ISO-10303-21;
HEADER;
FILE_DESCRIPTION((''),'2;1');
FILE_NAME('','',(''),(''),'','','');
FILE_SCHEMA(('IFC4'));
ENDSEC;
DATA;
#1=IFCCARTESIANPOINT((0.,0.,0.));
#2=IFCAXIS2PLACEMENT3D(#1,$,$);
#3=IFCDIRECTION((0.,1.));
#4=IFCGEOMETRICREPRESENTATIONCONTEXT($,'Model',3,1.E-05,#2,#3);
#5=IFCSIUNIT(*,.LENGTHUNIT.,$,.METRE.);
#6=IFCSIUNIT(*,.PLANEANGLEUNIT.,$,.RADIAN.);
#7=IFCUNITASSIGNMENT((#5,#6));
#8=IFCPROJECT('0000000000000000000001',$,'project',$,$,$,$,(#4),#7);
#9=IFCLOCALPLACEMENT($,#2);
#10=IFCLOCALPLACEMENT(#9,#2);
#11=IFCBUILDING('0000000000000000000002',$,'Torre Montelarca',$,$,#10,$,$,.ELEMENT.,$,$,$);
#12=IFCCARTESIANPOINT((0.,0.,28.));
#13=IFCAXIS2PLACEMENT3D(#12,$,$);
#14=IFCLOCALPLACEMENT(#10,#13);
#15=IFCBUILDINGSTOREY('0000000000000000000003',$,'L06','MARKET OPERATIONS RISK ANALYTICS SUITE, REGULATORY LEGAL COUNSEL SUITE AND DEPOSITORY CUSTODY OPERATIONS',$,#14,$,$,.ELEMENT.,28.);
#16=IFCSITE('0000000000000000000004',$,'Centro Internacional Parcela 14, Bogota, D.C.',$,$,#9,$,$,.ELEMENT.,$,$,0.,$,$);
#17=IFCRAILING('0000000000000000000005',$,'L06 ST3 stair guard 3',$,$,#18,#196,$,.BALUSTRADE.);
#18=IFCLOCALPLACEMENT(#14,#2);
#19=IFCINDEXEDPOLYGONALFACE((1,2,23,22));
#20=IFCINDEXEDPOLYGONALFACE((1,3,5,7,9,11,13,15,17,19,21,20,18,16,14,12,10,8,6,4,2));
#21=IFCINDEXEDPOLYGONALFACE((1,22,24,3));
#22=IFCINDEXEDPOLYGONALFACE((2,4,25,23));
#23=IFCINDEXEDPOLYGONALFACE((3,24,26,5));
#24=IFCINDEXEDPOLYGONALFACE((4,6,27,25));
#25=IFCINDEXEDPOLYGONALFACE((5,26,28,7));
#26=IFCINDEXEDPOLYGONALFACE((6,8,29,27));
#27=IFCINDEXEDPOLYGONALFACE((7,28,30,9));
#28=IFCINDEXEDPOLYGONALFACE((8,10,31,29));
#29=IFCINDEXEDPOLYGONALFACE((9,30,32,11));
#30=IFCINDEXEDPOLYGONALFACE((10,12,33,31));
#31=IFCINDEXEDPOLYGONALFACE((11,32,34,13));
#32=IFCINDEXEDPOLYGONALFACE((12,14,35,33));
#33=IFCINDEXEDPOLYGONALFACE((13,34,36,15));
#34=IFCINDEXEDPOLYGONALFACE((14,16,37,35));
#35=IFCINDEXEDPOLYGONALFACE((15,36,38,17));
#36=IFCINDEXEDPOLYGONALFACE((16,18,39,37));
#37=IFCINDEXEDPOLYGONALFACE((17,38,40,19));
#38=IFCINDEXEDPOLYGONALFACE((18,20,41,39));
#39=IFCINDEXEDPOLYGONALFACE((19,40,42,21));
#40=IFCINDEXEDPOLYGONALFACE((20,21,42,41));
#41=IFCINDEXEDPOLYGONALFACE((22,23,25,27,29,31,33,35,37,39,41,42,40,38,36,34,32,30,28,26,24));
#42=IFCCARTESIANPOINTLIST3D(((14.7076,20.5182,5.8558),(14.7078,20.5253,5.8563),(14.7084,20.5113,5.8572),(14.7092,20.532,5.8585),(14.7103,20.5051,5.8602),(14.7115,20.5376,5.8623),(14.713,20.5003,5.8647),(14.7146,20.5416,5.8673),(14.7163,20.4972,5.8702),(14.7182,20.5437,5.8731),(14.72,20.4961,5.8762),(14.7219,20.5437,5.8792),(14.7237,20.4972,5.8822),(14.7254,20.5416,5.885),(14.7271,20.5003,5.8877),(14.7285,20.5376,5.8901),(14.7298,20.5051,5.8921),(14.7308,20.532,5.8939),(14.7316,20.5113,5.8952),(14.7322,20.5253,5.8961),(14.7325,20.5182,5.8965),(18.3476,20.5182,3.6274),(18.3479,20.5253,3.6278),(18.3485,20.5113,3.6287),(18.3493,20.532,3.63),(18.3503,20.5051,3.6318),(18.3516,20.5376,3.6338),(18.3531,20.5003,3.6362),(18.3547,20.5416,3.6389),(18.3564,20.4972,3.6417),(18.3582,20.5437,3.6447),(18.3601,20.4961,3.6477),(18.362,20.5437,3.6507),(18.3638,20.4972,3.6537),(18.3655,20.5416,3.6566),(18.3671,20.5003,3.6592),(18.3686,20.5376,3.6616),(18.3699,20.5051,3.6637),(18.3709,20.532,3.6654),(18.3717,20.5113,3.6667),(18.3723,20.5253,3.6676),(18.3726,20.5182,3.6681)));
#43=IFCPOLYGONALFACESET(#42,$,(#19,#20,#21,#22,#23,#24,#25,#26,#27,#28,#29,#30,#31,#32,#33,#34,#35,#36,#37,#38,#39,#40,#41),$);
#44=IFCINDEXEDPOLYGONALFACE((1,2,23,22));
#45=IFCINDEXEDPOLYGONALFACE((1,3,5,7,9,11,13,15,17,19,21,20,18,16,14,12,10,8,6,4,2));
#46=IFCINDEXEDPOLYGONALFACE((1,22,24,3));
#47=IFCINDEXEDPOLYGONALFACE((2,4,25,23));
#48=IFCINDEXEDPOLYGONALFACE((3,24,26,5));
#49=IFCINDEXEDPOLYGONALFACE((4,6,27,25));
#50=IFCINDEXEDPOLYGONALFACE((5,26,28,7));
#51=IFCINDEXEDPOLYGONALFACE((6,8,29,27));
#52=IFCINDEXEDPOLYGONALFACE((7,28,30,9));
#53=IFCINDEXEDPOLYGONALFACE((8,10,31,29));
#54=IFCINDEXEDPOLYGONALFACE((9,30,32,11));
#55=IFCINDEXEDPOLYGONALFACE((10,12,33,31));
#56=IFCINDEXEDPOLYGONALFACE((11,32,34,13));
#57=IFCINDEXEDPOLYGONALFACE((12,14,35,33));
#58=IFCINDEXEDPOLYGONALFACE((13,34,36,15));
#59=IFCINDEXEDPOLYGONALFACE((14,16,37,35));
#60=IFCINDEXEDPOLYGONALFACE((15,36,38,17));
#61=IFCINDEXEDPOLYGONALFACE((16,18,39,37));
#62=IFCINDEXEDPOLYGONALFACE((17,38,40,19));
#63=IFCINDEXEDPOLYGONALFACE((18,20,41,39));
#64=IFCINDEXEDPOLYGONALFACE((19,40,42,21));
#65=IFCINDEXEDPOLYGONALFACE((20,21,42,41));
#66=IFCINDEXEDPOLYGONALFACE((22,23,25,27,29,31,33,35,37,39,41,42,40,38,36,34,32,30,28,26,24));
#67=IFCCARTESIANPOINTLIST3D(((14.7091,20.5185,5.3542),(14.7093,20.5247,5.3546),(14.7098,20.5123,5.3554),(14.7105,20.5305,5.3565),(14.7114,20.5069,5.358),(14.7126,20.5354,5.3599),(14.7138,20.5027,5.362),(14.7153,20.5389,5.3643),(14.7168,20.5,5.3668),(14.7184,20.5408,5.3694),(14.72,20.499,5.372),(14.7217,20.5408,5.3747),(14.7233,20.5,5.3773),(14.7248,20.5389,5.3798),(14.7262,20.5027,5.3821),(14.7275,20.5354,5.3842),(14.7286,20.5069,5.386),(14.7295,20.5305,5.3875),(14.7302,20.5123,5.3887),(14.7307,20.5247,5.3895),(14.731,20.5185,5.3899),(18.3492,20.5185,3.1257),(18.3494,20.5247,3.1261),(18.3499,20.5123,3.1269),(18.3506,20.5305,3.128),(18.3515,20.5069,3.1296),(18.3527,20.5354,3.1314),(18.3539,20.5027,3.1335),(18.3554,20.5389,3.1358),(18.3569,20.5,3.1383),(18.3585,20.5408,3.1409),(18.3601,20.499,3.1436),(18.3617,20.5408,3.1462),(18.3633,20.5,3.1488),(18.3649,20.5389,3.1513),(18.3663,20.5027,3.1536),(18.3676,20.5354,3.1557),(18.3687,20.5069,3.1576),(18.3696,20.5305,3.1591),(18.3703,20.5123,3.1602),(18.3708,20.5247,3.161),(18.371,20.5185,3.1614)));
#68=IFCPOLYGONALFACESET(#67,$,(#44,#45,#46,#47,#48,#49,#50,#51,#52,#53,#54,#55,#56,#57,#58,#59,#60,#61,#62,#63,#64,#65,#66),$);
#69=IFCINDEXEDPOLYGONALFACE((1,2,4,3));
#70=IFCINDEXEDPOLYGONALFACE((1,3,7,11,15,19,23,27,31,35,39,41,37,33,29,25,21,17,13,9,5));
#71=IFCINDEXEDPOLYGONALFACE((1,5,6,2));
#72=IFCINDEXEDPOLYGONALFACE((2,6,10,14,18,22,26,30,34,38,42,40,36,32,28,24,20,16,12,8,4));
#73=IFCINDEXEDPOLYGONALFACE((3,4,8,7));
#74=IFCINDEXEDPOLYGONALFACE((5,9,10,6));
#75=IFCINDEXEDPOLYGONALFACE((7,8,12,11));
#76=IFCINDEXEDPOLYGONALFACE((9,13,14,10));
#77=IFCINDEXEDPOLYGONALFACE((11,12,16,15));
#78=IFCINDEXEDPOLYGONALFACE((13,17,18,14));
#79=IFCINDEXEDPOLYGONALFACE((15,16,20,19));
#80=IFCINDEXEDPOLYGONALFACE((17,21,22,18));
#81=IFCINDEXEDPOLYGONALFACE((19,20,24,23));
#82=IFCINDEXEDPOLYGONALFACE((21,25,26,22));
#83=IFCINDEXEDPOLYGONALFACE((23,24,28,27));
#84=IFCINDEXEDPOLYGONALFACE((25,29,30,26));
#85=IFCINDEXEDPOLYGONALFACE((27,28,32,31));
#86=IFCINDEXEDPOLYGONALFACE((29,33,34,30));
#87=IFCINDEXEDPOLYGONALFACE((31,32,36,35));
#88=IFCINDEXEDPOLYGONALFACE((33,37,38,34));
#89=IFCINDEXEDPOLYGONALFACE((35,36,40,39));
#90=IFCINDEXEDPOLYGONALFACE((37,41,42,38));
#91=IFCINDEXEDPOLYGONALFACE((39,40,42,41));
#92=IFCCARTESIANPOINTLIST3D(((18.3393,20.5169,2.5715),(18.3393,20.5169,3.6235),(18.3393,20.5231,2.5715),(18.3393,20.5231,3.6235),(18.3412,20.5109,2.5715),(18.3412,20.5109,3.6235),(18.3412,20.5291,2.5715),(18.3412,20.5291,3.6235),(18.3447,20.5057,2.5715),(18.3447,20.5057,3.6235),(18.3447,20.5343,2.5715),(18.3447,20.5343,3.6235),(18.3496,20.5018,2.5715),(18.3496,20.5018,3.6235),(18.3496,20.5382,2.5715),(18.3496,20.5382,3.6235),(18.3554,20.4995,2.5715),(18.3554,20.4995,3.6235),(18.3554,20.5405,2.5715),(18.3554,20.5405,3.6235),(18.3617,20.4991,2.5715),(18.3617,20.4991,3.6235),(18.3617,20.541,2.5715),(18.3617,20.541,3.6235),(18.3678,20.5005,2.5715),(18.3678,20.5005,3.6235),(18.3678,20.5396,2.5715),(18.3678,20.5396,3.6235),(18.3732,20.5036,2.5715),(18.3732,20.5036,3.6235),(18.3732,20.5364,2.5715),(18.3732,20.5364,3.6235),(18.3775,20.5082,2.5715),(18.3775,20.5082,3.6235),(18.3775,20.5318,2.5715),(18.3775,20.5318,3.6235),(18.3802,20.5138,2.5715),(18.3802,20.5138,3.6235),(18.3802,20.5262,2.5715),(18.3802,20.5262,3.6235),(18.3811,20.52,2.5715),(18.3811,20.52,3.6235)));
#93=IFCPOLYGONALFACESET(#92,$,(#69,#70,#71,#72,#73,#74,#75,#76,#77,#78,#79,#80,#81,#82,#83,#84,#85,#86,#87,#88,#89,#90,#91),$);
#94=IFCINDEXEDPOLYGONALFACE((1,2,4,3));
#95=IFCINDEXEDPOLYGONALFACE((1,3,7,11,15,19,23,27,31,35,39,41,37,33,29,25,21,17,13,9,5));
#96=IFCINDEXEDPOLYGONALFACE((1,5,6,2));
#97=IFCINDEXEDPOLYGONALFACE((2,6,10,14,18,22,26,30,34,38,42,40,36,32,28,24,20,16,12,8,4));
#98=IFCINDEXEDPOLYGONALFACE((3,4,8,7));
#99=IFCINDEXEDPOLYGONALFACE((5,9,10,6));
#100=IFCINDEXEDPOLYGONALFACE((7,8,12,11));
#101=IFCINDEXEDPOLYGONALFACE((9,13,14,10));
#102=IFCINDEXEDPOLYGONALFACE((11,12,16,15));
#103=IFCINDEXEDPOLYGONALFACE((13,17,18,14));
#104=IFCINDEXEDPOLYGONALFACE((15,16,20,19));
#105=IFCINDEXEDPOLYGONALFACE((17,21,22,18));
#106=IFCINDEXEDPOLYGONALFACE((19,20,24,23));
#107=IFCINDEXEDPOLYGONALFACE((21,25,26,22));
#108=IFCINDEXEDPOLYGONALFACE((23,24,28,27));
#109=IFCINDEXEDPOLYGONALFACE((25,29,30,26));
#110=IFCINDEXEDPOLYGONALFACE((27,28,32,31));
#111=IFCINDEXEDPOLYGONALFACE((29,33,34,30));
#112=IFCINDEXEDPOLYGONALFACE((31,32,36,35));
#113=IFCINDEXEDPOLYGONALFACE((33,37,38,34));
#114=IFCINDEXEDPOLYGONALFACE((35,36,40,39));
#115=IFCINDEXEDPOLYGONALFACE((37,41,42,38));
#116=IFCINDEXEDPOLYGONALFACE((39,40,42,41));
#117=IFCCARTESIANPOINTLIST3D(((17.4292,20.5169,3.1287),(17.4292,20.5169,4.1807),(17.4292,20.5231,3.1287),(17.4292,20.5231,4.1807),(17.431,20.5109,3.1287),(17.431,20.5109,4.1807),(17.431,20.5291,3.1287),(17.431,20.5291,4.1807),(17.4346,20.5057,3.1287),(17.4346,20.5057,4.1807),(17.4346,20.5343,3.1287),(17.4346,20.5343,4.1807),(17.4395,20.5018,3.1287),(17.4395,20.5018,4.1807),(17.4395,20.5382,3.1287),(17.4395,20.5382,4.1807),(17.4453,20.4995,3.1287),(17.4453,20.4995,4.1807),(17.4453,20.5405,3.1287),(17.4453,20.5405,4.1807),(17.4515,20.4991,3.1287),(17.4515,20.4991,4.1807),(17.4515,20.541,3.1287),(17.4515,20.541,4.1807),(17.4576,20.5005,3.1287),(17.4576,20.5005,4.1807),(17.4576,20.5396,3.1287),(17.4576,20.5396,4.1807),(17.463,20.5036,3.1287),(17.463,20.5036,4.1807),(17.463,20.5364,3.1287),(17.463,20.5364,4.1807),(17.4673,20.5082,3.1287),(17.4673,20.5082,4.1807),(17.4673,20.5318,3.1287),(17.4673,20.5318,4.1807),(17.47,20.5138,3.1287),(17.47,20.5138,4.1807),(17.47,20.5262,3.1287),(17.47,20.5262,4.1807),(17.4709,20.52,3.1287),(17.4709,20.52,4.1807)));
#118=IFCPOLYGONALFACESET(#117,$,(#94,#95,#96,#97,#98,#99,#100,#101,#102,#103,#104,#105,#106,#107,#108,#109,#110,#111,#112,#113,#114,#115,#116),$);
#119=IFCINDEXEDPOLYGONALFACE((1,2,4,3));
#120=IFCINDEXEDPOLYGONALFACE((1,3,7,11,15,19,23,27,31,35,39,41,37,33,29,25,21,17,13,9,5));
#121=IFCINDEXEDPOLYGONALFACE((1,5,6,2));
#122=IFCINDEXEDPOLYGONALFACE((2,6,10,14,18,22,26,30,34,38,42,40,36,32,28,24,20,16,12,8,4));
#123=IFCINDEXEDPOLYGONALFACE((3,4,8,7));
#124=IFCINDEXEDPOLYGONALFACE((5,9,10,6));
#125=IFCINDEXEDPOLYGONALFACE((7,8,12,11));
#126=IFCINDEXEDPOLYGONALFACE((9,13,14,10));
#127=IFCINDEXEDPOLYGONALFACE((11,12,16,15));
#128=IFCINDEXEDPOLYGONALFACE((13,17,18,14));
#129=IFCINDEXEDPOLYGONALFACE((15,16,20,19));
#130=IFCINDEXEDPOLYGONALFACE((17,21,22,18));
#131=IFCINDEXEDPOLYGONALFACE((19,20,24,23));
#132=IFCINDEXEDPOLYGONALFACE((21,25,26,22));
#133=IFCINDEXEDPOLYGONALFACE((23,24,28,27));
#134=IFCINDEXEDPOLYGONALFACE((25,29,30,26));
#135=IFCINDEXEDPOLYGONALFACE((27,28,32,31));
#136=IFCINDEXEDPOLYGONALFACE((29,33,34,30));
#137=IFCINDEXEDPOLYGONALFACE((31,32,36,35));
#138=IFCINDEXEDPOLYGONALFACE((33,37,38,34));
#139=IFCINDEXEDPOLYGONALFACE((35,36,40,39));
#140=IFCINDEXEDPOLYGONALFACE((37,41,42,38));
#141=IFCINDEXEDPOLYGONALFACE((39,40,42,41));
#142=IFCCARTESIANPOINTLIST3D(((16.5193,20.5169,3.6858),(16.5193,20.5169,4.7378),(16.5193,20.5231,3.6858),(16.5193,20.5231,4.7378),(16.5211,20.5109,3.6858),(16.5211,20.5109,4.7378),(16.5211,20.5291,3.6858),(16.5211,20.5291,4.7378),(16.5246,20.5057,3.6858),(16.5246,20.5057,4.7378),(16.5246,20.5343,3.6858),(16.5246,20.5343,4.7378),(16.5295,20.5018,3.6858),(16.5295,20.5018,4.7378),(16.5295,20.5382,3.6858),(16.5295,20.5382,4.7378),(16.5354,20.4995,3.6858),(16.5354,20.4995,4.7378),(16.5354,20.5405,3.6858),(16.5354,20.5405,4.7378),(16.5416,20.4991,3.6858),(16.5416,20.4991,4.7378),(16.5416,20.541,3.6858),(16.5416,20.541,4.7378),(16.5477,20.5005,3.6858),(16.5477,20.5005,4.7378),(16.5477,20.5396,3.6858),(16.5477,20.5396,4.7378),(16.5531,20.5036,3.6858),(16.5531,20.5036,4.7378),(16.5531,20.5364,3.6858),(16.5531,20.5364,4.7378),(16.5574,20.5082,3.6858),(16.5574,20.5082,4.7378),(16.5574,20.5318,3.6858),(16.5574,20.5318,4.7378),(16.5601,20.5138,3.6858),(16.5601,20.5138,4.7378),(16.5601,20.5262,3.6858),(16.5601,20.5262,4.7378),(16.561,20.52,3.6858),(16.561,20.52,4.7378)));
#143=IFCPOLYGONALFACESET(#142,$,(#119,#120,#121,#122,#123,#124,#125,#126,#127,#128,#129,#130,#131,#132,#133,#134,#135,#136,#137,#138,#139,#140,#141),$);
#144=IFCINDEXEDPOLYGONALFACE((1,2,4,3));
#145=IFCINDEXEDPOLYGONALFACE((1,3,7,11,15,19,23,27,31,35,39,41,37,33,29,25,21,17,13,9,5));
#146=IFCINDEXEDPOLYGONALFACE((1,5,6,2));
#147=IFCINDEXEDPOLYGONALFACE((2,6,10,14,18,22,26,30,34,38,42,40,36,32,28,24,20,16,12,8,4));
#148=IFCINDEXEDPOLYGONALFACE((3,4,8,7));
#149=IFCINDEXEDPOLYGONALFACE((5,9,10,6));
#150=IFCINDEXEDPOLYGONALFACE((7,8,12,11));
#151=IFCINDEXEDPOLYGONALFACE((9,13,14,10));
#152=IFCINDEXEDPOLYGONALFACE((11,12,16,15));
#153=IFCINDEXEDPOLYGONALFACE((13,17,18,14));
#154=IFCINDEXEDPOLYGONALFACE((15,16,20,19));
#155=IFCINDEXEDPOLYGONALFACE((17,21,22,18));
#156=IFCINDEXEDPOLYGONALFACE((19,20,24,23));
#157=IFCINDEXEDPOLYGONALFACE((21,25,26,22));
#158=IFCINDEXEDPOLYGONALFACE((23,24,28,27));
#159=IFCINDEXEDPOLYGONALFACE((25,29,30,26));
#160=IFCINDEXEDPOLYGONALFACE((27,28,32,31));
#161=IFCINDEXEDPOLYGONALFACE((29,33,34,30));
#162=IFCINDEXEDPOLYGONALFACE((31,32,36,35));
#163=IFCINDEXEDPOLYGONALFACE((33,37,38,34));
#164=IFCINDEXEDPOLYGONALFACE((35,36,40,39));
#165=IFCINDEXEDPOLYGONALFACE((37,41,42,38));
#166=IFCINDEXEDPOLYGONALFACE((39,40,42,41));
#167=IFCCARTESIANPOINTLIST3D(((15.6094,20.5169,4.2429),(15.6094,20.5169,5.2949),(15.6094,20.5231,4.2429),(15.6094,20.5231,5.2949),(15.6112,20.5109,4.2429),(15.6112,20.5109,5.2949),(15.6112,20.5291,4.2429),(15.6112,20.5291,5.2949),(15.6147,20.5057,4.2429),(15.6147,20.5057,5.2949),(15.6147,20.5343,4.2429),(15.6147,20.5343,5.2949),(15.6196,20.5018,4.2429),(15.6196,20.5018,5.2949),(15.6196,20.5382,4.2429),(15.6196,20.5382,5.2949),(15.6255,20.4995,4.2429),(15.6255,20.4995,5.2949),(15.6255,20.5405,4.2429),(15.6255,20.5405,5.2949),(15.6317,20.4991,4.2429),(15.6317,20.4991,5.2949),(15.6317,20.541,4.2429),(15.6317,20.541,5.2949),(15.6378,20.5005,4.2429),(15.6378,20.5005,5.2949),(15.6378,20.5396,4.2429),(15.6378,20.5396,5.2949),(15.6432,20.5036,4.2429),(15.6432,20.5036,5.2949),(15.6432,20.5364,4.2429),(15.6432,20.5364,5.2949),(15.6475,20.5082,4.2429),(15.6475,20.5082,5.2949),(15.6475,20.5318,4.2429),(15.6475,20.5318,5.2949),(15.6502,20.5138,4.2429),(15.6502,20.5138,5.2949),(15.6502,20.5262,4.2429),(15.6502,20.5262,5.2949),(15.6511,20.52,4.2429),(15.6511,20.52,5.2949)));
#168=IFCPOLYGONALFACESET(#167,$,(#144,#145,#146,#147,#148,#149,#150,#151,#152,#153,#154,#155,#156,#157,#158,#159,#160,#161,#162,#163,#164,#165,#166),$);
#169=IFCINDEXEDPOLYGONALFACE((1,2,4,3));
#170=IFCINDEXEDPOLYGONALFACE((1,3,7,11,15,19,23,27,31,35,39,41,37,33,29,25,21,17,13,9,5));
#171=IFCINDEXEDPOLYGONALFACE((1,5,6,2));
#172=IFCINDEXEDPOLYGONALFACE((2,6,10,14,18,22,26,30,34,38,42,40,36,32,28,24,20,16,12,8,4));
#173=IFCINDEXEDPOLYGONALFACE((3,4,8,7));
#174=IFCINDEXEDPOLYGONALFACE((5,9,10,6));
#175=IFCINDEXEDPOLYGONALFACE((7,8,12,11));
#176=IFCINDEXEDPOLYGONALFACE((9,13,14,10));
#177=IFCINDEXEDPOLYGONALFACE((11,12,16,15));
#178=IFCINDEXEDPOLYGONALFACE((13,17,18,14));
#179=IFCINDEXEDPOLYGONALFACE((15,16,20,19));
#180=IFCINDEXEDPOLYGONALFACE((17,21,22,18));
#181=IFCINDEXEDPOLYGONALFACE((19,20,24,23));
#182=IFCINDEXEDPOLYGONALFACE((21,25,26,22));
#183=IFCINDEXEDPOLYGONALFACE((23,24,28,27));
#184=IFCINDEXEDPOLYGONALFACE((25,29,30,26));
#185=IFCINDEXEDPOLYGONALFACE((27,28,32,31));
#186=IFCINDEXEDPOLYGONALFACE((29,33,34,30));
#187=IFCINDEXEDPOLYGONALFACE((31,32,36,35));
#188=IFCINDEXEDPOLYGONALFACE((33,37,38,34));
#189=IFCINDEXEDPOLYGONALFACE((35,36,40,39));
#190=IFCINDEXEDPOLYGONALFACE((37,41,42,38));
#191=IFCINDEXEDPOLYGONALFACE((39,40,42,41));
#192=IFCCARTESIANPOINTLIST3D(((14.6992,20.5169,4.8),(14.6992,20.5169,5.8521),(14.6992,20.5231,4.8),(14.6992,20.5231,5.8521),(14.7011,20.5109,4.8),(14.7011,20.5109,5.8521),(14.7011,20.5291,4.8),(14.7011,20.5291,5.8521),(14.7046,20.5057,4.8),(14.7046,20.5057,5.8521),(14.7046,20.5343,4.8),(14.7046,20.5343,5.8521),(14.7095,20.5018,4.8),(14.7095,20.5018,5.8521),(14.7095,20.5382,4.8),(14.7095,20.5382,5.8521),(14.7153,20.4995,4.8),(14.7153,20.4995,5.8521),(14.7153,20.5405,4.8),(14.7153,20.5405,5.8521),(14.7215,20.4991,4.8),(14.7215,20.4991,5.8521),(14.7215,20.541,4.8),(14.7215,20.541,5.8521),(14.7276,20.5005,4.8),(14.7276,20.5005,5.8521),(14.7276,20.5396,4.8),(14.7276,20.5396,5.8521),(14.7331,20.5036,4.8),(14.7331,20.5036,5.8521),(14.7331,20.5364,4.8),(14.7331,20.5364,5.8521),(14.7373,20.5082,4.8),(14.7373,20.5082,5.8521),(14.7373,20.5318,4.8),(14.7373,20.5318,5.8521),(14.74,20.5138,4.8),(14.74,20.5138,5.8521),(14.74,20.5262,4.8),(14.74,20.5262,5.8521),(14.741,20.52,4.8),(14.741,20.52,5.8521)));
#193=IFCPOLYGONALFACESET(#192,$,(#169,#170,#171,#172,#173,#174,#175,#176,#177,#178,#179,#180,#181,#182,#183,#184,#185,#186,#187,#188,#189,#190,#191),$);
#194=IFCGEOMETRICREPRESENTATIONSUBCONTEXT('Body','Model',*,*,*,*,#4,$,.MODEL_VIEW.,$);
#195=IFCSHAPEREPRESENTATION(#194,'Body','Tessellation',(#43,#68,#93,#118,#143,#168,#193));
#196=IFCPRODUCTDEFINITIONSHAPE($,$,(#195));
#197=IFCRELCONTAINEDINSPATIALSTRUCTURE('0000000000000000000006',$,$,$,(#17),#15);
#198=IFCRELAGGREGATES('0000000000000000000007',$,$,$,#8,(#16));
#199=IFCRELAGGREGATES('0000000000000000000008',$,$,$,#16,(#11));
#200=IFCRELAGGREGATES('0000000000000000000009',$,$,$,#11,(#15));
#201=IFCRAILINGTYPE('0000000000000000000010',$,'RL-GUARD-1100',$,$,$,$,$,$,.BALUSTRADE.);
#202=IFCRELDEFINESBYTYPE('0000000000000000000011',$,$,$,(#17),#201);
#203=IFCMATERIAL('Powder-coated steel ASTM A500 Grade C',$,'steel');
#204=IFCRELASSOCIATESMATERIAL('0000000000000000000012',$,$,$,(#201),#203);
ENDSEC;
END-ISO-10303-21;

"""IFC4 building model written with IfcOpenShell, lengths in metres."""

from ifc_helpers import new_model, si_unit, direction, frame, origin, origin_2d, place, context, subcontext, project, spatial, circle, extrude, material, type_object, element, save


model = new_model("IFC4")

# Units and contexts
model_context = context("Model", 3, precision=1e-05, world=origin(), true_north=direction((0.0, 1.0)))
body_context = subcontext(model_context, "Body", "Model", "MODEL_VIEW")
ifc_project = project(units=[si_unit("LENGTHUNIT", "METRE"), si_unit("PLANEANGLEUNIT", "RADIAN")], contexts=[model_context])

# Site, building, storey
site_placement = place(None, origin())
site = spatial("IfcSite", under=ifc_project, at=site_placement, Name="Centro Internacional Parcela 14, Bogota, D.C.", CompositionType="ELEMENT", RefElevation=0.0)
building_placement = place(site_placement, origin())
building = spatial("IfcBuilding", under=site, at=building_placement, Name="Torre Montelarca", CompositionType="ELEMENT")
storey_placement = place(building_placement, frame((0.0, 0.0, 28.0)))
storey = spatial("IfcBuildingStorey", under=building, at=storey_placement, Name="L06", Description="MARKET OPERATIONS RISK ANALYTICS SUITE, REGULATORY LEGAL COUNSEL SUITE AND DEPOSITORY CUSTODY OPERATIONS", CompositionType="ELEMENT", Elevation=28.0)

# Railing
ifc_material_1 = material(Name="Powder-coated steel ASTM A500 Grade C", Category="steel")
railing_type_1 = type_object("IfcRailingType", Name="RL-GUARD-1100", PredefinedType="BALUSTRADE", material=ifc_material_1)
railing_1_placement = place(storey_placement, frame((18.3601, 20.52, 2.5715)))
element("IfcRailing", 1, at=railing_1_placement, inside=storey, type_object=railing_type_1, Name="L06 ST3 stair guard 3", PredefinedType="BALUSTRADE", context=body_context, shape_type="SweptSolid", body=[
    extrude(circle(Radius=0.0239, at=origin_2d()), frame((0.0, 0.0, 1.0762), z_axis=(-0.852866, 0.0, 0.52213), x_axis=(0.0, -1.0, 0.0)), (0.0, 0.0, 1.0), 4.2681),
    extrude(circle(Radius=0.021, at=origin_2d()), frame((0.0, 0.0, 0.572), z_axis=(-0.852866, 0.0, 0.52213), x_axis=(0.0, -1.0, 0.0)), (0.0, 0.0, 1.0), 4.2681),
    extrude(circle(Radius=0.021, at=origin_2d()), origin(), (0.0, 0.0, 1.0), 1.052),
    extrude(circle(Radius=0.021, at=origin_2d()), frame((-0.9102, 0.0, 0.5571)), (0.0, 0.0, 1.0), 1.052),
    extrude(circle(Radius=0.021, at=origin_2d()), frame((-1.8201, 0.0, 1.1143)), (0.0, 0.0, 1.0), 1.052),
    extrude(circle(Radius=0.021, at=origin_2d()), frame((-2.73, 0.0, 1.6714)), (0.0, 0.0, 1.0), 1.052),
    extrude(circle(Radius=0.021, at=origin_2d()), frame((-3.6401, 0.0, 2.2285)), (0.0, 0.0, 1.0), 1.052),
])

save(model, "model.ifc")
